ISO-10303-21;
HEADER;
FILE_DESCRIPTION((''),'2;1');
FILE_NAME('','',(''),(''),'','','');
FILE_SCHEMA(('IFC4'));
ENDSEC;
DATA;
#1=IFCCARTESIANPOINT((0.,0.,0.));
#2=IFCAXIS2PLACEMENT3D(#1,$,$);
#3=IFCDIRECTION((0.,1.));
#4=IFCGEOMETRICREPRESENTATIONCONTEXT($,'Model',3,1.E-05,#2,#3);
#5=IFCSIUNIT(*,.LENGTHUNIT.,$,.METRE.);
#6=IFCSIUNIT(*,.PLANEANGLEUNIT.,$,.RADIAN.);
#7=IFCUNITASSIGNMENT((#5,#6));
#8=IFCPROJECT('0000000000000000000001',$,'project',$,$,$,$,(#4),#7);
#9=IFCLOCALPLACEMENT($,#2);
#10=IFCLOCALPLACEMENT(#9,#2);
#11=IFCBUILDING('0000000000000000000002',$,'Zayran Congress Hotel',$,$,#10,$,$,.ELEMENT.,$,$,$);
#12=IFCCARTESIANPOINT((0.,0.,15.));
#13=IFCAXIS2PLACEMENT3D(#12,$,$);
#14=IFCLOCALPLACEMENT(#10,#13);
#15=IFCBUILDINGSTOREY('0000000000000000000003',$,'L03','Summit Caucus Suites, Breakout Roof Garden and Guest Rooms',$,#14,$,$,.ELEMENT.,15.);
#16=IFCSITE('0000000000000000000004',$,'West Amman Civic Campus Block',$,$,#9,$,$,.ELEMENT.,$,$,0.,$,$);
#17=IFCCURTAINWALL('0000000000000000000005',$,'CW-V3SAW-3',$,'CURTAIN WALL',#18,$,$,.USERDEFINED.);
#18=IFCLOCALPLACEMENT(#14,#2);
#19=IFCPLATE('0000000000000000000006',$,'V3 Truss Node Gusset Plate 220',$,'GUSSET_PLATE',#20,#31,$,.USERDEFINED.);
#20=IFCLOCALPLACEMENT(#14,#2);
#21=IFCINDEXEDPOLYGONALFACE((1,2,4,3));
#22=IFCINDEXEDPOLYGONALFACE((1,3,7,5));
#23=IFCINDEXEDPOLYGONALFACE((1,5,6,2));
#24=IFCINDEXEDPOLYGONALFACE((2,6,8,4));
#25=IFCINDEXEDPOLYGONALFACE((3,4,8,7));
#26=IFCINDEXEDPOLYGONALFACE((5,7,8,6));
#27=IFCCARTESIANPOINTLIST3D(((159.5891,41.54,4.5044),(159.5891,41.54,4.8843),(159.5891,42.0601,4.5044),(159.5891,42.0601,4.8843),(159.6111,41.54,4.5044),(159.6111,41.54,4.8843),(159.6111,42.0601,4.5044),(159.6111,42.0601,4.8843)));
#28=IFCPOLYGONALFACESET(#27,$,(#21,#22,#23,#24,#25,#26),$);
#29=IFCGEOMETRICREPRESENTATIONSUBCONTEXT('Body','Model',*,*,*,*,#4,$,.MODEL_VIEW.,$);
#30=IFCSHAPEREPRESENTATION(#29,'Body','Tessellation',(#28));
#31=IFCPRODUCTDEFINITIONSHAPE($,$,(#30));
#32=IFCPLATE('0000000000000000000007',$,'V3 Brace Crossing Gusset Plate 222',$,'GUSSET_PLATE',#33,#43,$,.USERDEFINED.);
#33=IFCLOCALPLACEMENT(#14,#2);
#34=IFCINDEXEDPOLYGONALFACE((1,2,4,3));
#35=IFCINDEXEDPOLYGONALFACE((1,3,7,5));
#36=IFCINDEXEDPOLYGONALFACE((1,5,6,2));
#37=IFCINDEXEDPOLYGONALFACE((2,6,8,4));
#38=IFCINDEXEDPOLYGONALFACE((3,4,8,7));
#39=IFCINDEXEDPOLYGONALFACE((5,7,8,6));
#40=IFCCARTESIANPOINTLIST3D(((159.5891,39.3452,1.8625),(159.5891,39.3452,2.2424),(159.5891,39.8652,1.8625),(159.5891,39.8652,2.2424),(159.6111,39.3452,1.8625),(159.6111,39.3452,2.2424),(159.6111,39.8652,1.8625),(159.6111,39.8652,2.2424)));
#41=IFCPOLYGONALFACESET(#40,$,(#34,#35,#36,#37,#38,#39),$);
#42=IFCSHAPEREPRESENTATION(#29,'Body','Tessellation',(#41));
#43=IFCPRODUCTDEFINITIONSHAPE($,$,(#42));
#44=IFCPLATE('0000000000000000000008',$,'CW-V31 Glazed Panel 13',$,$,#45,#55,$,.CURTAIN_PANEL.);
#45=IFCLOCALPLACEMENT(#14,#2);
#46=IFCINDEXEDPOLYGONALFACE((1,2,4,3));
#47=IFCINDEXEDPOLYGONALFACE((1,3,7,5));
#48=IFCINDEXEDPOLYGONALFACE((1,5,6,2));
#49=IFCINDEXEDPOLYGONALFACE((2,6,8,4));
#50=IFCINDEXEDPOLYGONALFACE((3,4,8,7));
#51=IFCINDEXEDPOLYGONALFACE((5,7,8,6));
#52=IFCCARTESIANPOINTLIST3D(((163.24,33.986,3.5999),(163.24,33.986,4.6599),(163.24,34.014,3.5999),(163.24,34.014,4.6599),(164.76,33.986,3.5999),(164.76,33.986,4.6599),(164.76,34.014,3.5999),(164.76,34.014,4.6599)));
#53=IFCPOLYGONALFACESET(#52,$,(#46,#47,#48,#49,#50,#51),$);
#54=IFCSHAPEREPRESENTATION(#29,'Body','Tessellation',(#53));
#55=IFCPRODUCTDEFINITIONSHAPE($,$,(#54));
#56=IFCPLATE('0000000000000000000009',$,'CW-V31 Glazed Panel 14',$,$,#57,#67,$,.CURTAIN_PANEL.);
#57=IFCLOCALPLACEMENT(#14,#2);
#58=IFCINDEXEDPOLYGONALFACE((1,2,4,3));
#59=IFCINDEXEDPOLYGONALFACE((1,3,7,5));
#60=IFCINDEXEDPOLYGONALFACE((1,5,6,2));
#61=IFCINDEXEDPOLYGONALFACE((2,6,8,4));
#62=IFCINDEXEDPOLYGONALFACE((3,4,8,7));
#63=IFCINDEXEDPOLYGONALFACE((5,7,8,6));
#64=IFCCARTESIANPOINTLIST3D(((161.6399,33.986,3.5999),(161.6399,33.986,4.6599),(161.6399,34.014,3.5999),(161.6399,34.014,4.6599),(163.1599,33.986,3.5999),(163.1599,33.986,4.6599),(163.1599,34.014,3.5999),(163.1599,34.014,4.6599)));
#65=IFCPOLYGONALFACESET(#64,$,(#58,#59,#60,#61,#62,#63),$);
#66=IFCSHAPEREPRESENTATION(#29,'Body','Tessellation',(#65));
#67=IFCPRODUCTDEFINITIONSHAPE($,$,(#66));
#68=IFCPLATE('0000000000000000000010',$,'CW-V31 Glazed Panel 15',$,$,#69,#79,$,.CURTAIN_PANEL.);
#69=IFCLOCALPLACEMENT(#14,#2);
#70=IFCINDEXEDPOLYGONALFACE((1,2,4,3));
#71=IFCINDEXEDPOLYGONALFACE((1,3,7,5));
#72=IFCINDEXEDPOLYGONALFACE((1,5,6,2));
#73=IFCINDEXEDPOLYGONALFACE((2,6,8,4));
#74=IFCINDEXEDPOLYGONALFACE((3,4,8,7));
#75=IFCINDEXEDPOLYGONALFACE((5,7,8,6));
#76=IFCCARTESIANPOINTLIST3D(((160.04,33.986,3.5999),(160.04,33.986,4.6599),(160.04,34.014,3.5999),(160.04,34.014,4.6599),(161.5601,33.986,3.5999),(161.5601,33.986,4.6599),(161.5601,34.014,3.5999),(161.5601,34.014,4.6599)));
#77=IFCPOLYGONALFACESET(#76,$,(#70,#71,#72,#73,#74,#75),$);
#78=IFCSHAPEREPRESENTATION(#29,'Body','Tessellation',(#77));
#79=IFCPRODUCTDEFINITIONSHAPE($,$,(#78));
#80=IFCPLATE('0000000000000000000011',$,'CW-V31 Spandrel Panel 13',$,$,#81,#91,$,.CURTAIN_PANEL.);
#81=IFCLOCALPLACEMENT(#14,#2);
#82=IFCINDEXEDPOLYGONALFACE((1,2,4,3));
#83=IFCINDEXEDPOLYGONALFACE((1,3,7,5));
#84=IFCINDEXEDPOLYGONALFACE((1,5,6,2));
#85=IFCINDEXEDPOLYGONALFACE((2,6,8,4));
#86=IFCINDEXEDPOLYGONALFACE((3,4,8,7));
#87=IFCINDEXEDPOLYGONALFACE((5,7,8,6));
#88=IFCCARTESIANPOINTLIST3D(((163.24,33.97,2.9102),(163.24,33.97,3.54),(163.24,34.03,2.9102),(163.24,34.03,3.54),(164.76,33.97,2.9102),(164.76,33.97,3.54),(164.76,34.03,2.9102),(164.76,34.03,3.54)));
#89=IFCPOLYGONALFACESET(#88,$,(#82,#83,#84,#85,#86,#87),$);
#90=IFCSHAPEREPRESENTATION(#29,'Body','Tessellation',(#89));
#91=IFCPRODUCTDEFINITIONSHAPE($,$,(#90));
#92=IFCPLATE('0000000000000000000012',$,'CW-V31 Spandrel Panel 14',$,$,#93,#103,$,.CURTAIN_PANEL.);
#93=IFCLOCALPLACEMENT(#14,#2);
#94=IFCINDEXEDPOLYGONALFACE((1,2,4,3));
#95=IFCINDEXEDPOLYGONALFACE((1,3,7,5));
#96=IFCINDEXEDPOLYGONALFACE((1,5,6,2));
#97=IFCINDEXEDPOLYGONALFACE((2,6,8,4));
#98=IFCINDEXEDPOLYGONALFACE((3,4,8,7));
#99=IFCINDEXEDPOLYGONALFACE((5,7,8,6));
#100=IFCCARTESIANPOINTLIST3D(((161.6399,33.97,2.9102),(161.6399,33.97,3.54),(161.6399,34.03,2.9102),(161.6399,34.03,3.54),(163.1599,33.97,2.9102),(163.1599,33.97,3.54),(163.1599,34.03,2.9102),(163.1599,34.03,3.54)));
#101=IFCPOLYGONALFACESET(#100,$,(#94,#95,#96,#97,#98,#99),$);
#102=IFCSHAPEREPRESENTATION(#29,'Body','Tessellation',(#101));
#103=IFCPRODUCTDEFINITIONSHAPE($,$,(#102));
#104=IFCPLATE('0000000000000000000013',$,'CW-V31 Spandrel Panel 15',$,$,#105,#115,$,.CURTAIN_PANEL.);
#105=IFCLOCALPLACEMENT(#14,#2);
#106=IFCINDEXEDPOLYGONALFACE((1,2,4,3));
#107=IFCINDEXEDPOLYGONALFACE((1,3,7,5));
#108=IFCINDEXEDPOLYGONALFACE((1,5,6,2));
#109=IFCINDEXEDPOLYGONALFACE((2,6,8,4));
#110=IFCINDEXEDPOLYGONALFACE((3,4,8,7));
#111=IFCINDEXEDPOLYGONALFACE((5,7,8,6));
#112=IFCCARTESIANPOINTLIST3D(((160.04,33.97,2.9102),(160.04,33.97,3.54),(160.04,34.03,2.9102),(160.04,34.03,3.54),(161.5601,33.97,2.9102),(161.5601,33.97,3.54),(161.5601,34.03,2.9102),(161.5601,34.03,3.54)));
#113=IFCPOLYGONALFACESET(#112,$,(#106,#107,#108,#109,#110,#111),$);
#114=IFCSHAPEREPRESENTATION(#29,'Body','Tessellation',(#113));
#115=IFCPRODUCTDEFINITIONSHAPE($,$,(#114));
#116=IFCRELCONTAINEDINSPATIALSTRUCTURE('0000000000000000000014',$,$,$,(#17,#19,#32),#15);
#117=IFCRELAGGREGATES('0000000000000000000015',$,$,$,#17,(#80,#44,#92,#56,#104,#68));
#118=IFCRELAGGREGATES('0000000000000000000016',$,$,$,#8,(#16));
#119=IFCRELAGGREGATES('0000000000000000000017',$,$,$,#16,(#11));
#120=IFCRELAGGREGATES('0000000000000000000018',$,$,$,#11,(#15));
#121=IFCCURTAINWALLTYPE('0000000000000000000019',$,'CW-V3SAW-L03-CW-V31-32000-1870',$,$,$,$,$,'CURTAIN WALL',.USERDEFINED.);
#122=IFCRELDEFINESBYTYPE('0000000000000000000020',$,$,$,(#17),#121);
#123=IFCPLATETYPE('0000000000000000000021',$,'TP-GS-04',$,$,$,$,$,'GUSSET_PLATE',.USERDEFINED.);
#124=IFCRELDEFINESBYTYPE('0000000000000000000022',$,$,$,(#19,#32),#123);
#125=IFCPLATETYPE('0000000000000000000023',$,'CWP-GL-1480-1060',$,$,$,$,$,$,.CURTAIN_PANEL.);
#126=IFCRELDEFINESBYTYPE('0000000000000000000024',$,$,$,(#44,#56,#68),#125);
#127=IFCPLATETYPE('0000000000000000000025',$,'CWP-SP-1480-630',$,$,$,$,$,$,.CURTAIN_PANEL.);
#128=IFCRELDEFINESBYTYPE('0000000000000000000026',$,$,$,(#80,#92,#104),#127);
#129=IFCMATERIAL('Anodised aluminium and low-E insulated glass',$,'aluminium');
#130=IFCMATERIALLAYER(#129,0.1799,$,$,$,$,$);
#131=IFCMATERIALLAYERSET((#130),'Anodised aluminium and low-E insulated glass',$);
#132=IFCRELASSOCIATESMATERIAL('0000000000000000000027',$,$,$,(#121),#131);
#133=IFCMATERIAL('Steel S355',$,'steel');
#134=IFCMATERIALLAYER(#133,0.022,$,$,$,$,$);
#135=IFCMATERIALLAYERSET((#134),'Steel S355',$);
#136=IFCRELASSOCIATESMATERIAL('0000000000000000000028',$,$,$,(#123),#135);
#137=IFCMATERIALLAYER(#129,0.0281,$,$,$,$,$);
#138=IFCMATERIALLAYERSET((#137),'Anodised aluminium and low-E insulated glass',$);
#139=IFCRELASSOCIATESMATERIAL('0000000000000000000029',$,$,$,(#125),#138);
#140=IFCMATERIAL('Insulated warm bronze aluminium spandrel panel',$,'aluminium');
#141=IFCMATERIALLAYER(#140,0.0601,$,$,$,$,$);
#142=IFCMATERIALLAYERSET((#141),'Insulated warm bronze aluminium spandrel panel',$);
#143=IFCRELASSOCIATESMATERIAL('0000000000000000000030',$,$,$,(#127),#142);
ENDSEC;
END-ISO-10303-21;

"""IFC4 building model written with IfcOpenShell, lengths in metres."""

from ifc_helpers import new_model, si_unit, direction, frame, origin, origin_2d, place, context, subcontext, project, spatial, rectangle, extrude, material, layer, layer_set, type_object, element, aggregate, save


model = new_model("IFC4")

# Units and contexts
model_context = context("Model", 3, precision=1e-05, world=origin(), true_north=direction((0.0, 1.0)))
body_context = subcontext(model_context, "Body", "Model", "MODEL_VIEW")
ifc_project = project(units=[si_unit("LENGTHUNIT", "METRE"), si_unit("PLANEANGLEUNIT", "RADIAN")], contexts=[model_context])

# Site, building, storey
site_placement = place(None, origin())
site = spatial("IfcSite", under=ifc_project, at=site_placement, Name="West Amman Civic Campus Block", CompositionType="ELEMENT", RefElevation=0.0)
building_placement = place(site_placement, origin())
building = spatial("IfcBuilding", under=site, at=building_placement, Name="Zayran Congress Hotel", CompositionType="ELEMENT")
storey_placement = place(building_placement, frame((0.0, 0.0, 15.0)))
storey = spatial("IfcBuildingStorey", under=building, at=storey_placement, Name="L03", Description="Summit Caucus Suites, Breakout Roof Garden and Guest Rooms", CompositionType="ELEMENT", Elevation=15.0)

# Shared definitions
ifc_material_1 = material(Name="Steel S355", Category="steel")

# Curtain wall
ifc_material_2 = material(Name="Anodised aluminium and low-E insulated glass", Category="aluminium")
ifc_layer_1 = layer(ifc_material_2, 0.1799)
ifc_layer_set_1 = layer_set([ifc_layer_1], Name="Anodised aluminium and low-E insulated glass")
curtain_wall_type = type_object("IfcCurtainWallType", Name="CW-V3SAW-L03-CW-V31-32000-1870", ElementType="CURTAIN WALL", PredefinedType="USERDEFINED", material=ifc_layer_set_1)
curtain_wall_placement = place(storey_placement, origin())
curtain_wall = element("IfcCurtainWall", 1, at=curtain_wall_placement, inside=storey, type_object=curtain_wall_type, Name="CW-V3SAW-3", ObjectType="CURTAIN WALL", PredefinedType="USERDEFINED")

# Plates
ifc_layer_2 = layer(ifc_material_1, 0.022)
ifc_layer_set_2 = layer_set([ifc_layer_2], Name="Steel S355")
plate_type_1 = type_object("IfcPlateType", Name="TP-GS-04", ElementType="GUSSET_PLATE", PredefinedType="USERDEFINED", material=ifc_layer_set_2)
for number, where, z_axis, x_axis, name in (
    (2, (159.6001, 41.8, 4.5044), (0.0, 0.0, 1.0), (0.0, 1.0, 0.0), "V3 Truss Node Gusset Plate 220"),
    (3, (159.6001, 39.6052, 1.8625), (0.0, 0.0, 1.0), (0.0, 1.0, 0.0), "V3 Brace Crossing Gusset Plate 222"),
):
    element("IfcPlate", number, at=place(storey_placement, frame(where, z_axis=z_axis, x_axis=x_axis)), inside=storey, type_object=plate_type_1, Name=name, ObjectType="GUSSET_PLATE", PredefinedType="USERDEFINED", context=body_context, shape_type="SweptSolid", body=[
        extrude(rectangle(XDim=0.52, YDim=0.022, at=origin_2d()), origin(), (0.0, 0.0, 1.0), 0.3799),
    ])

# Plates
ifc_layer_3 = layer(ifc_material_2, 0.0281)
ifc_layer_set_3 = layer_set([ifc_layer_3], Name="Anodised aluminium and low-E insulated glass")
plate_type_2 = type_object("IfcPlateType", Name="CWP-GL-1480-1060", PredefinedType="CURTAIN_PANEL", material=ifc_layer_set_3)
plate_1_placement = place(storey_placement, frame((164.0, 34.0, 3.5999), z_axis=(0.0, 0.0, 1.0), x_axis=(1.0, 0.0, 0.0)))
plate_1 = element("IfcPlate", 4, at=plate_1_placement, type_object=plate_type_2, Name="CW-V31 Glazed Panel 13", PredefinedType="CURTAIN_PANEL", context=body_context, shape_type="SweptSolid", body=[
    extrude(rectangle(XDim=1.52, YDim=0.0281, at=origin_2d()), origin(), (0.0, 0.0, 1.0), 1.0601),
])
plate_2_placement = place(storey_placement, frame((162.3999, 34.0, 3.5999), z_axis=(0.0, 0.0, 1.0), x_axis=(1.0, 0.0, 0.0)))
plate_2 = element("IfcPlate", 5, at=plate_2_placement, type_object=plate_type_2, Name="CW-V31 Glazed Panel 14", PredefinedType="CURTAIN_PANEL", context=body_context, shape_type="SweptSolid", body=[
    extrude(rectangle(XDim=1.52, YDim=0.0281, at=origin_2d()), origin(), (0.0, 0.0, 1.0), 1.0601),
])
plate_3_placement = place(storey_placement, frame((160.8, 34.0, 3.5999), z_axis=(0.0, 0.0, 1.0), x_axis=(1.0, 0.0, 0.0)))
plate_3 = element("IfcPlate", 6, at=plate_3_placement, type_object=plate_type_2, Name="CW-V31 Glazed Panel 15", PredefinedType="CURTAIN_PANEL", context=body_context, shape_type="SweptSolid", body=[
    extrude(rectangle(XDim=1.52, YDim=0.0281, at=origin_2d()), origin(), (0.0, 0.0, 1.0), 1.0601),
])
ifc_material_3 = material(Name="Insulated warm bronze aluminium spandrel panel", Category="aluminium")
ifc_layer_4 = layer(ifc_material_3, 0.0601)
ifc_layer_set_4 = layer_set([ifc_layer_4], Name="Insulated warm bronze aluminium spandrel panel")
plate_type_3 = type_object("IfcPlateType", Name="CWP-SP-1480-630", PredefinedType="CURTAIN_PANEL", material=ifc_layer_set_4)
plate_4_placement = place(storey_placement, frame((164.0, 34.0, 2.9102), z_axis=(0.0, 0.0, 1.0), x_axis=(1.0, 0.0, 0.0)))
plate_4 = element("IfcPlate", 7, at=plate_4_placement, type_object=plate_type_3, Name="CW-V31 Spandrel Panel 13", PredefinedType="CURTAIN_PANEL", context=body_context, shape_type="SweptSolid", body=[
    extrude(rectangle(XDim=1.52, YDim=0.0601, at=origin_2d()), origin(), (0.0, 0.0, 1.0), 0.6299),
])
plate_5_placement = place(storey_placement, frame((162.3999, 34.0, 2.9102), z_axis=(0.0, 0.0, 1.0), x_axis=(1.0, 0.0, 0.0)))
plate_5 = element("IfcPlate", 8, at=plate_5_placement, type_object=plate_type_3, Name="CW-V31 Spandrel Panel 14", PredefinedType="CURTAIN_PANEL", context=body_context, shape_type="SweptSolid", body=[
    extrude(rectangle(XDim=1.52, YDim=0.0601, at=origin_2d()), origin(), (0.0, 0.0, 1.0), 0.6299),
])
plate_6_placement = place(storey_placement, frame((160.8, 34.0, 2.9102), z_axis=(0.0, 0.0, 1.0), x_axis=(1.0, 0.0, 0.0)))
plate_6 = element("IfcPlate", 9, at=plate_6_placement, type_object=plate_type_3, Name="CW-V31 Spandrel Panel 15", PredefinedType="CURTAIN_PANEL", context=body_context, shape_type="SweptSolid", body=[
    extrude(rectangle(XDim=1.52, YDim=0.0601, at=origin_2d()), origin(), (0.0, 0.0, 1.0), 0.6299),
])
aggregate(curtain_wall, [plate_4, plate_1, plate_5, plate_2, plate_6, plate_3])

save(model, "model.ifc")
